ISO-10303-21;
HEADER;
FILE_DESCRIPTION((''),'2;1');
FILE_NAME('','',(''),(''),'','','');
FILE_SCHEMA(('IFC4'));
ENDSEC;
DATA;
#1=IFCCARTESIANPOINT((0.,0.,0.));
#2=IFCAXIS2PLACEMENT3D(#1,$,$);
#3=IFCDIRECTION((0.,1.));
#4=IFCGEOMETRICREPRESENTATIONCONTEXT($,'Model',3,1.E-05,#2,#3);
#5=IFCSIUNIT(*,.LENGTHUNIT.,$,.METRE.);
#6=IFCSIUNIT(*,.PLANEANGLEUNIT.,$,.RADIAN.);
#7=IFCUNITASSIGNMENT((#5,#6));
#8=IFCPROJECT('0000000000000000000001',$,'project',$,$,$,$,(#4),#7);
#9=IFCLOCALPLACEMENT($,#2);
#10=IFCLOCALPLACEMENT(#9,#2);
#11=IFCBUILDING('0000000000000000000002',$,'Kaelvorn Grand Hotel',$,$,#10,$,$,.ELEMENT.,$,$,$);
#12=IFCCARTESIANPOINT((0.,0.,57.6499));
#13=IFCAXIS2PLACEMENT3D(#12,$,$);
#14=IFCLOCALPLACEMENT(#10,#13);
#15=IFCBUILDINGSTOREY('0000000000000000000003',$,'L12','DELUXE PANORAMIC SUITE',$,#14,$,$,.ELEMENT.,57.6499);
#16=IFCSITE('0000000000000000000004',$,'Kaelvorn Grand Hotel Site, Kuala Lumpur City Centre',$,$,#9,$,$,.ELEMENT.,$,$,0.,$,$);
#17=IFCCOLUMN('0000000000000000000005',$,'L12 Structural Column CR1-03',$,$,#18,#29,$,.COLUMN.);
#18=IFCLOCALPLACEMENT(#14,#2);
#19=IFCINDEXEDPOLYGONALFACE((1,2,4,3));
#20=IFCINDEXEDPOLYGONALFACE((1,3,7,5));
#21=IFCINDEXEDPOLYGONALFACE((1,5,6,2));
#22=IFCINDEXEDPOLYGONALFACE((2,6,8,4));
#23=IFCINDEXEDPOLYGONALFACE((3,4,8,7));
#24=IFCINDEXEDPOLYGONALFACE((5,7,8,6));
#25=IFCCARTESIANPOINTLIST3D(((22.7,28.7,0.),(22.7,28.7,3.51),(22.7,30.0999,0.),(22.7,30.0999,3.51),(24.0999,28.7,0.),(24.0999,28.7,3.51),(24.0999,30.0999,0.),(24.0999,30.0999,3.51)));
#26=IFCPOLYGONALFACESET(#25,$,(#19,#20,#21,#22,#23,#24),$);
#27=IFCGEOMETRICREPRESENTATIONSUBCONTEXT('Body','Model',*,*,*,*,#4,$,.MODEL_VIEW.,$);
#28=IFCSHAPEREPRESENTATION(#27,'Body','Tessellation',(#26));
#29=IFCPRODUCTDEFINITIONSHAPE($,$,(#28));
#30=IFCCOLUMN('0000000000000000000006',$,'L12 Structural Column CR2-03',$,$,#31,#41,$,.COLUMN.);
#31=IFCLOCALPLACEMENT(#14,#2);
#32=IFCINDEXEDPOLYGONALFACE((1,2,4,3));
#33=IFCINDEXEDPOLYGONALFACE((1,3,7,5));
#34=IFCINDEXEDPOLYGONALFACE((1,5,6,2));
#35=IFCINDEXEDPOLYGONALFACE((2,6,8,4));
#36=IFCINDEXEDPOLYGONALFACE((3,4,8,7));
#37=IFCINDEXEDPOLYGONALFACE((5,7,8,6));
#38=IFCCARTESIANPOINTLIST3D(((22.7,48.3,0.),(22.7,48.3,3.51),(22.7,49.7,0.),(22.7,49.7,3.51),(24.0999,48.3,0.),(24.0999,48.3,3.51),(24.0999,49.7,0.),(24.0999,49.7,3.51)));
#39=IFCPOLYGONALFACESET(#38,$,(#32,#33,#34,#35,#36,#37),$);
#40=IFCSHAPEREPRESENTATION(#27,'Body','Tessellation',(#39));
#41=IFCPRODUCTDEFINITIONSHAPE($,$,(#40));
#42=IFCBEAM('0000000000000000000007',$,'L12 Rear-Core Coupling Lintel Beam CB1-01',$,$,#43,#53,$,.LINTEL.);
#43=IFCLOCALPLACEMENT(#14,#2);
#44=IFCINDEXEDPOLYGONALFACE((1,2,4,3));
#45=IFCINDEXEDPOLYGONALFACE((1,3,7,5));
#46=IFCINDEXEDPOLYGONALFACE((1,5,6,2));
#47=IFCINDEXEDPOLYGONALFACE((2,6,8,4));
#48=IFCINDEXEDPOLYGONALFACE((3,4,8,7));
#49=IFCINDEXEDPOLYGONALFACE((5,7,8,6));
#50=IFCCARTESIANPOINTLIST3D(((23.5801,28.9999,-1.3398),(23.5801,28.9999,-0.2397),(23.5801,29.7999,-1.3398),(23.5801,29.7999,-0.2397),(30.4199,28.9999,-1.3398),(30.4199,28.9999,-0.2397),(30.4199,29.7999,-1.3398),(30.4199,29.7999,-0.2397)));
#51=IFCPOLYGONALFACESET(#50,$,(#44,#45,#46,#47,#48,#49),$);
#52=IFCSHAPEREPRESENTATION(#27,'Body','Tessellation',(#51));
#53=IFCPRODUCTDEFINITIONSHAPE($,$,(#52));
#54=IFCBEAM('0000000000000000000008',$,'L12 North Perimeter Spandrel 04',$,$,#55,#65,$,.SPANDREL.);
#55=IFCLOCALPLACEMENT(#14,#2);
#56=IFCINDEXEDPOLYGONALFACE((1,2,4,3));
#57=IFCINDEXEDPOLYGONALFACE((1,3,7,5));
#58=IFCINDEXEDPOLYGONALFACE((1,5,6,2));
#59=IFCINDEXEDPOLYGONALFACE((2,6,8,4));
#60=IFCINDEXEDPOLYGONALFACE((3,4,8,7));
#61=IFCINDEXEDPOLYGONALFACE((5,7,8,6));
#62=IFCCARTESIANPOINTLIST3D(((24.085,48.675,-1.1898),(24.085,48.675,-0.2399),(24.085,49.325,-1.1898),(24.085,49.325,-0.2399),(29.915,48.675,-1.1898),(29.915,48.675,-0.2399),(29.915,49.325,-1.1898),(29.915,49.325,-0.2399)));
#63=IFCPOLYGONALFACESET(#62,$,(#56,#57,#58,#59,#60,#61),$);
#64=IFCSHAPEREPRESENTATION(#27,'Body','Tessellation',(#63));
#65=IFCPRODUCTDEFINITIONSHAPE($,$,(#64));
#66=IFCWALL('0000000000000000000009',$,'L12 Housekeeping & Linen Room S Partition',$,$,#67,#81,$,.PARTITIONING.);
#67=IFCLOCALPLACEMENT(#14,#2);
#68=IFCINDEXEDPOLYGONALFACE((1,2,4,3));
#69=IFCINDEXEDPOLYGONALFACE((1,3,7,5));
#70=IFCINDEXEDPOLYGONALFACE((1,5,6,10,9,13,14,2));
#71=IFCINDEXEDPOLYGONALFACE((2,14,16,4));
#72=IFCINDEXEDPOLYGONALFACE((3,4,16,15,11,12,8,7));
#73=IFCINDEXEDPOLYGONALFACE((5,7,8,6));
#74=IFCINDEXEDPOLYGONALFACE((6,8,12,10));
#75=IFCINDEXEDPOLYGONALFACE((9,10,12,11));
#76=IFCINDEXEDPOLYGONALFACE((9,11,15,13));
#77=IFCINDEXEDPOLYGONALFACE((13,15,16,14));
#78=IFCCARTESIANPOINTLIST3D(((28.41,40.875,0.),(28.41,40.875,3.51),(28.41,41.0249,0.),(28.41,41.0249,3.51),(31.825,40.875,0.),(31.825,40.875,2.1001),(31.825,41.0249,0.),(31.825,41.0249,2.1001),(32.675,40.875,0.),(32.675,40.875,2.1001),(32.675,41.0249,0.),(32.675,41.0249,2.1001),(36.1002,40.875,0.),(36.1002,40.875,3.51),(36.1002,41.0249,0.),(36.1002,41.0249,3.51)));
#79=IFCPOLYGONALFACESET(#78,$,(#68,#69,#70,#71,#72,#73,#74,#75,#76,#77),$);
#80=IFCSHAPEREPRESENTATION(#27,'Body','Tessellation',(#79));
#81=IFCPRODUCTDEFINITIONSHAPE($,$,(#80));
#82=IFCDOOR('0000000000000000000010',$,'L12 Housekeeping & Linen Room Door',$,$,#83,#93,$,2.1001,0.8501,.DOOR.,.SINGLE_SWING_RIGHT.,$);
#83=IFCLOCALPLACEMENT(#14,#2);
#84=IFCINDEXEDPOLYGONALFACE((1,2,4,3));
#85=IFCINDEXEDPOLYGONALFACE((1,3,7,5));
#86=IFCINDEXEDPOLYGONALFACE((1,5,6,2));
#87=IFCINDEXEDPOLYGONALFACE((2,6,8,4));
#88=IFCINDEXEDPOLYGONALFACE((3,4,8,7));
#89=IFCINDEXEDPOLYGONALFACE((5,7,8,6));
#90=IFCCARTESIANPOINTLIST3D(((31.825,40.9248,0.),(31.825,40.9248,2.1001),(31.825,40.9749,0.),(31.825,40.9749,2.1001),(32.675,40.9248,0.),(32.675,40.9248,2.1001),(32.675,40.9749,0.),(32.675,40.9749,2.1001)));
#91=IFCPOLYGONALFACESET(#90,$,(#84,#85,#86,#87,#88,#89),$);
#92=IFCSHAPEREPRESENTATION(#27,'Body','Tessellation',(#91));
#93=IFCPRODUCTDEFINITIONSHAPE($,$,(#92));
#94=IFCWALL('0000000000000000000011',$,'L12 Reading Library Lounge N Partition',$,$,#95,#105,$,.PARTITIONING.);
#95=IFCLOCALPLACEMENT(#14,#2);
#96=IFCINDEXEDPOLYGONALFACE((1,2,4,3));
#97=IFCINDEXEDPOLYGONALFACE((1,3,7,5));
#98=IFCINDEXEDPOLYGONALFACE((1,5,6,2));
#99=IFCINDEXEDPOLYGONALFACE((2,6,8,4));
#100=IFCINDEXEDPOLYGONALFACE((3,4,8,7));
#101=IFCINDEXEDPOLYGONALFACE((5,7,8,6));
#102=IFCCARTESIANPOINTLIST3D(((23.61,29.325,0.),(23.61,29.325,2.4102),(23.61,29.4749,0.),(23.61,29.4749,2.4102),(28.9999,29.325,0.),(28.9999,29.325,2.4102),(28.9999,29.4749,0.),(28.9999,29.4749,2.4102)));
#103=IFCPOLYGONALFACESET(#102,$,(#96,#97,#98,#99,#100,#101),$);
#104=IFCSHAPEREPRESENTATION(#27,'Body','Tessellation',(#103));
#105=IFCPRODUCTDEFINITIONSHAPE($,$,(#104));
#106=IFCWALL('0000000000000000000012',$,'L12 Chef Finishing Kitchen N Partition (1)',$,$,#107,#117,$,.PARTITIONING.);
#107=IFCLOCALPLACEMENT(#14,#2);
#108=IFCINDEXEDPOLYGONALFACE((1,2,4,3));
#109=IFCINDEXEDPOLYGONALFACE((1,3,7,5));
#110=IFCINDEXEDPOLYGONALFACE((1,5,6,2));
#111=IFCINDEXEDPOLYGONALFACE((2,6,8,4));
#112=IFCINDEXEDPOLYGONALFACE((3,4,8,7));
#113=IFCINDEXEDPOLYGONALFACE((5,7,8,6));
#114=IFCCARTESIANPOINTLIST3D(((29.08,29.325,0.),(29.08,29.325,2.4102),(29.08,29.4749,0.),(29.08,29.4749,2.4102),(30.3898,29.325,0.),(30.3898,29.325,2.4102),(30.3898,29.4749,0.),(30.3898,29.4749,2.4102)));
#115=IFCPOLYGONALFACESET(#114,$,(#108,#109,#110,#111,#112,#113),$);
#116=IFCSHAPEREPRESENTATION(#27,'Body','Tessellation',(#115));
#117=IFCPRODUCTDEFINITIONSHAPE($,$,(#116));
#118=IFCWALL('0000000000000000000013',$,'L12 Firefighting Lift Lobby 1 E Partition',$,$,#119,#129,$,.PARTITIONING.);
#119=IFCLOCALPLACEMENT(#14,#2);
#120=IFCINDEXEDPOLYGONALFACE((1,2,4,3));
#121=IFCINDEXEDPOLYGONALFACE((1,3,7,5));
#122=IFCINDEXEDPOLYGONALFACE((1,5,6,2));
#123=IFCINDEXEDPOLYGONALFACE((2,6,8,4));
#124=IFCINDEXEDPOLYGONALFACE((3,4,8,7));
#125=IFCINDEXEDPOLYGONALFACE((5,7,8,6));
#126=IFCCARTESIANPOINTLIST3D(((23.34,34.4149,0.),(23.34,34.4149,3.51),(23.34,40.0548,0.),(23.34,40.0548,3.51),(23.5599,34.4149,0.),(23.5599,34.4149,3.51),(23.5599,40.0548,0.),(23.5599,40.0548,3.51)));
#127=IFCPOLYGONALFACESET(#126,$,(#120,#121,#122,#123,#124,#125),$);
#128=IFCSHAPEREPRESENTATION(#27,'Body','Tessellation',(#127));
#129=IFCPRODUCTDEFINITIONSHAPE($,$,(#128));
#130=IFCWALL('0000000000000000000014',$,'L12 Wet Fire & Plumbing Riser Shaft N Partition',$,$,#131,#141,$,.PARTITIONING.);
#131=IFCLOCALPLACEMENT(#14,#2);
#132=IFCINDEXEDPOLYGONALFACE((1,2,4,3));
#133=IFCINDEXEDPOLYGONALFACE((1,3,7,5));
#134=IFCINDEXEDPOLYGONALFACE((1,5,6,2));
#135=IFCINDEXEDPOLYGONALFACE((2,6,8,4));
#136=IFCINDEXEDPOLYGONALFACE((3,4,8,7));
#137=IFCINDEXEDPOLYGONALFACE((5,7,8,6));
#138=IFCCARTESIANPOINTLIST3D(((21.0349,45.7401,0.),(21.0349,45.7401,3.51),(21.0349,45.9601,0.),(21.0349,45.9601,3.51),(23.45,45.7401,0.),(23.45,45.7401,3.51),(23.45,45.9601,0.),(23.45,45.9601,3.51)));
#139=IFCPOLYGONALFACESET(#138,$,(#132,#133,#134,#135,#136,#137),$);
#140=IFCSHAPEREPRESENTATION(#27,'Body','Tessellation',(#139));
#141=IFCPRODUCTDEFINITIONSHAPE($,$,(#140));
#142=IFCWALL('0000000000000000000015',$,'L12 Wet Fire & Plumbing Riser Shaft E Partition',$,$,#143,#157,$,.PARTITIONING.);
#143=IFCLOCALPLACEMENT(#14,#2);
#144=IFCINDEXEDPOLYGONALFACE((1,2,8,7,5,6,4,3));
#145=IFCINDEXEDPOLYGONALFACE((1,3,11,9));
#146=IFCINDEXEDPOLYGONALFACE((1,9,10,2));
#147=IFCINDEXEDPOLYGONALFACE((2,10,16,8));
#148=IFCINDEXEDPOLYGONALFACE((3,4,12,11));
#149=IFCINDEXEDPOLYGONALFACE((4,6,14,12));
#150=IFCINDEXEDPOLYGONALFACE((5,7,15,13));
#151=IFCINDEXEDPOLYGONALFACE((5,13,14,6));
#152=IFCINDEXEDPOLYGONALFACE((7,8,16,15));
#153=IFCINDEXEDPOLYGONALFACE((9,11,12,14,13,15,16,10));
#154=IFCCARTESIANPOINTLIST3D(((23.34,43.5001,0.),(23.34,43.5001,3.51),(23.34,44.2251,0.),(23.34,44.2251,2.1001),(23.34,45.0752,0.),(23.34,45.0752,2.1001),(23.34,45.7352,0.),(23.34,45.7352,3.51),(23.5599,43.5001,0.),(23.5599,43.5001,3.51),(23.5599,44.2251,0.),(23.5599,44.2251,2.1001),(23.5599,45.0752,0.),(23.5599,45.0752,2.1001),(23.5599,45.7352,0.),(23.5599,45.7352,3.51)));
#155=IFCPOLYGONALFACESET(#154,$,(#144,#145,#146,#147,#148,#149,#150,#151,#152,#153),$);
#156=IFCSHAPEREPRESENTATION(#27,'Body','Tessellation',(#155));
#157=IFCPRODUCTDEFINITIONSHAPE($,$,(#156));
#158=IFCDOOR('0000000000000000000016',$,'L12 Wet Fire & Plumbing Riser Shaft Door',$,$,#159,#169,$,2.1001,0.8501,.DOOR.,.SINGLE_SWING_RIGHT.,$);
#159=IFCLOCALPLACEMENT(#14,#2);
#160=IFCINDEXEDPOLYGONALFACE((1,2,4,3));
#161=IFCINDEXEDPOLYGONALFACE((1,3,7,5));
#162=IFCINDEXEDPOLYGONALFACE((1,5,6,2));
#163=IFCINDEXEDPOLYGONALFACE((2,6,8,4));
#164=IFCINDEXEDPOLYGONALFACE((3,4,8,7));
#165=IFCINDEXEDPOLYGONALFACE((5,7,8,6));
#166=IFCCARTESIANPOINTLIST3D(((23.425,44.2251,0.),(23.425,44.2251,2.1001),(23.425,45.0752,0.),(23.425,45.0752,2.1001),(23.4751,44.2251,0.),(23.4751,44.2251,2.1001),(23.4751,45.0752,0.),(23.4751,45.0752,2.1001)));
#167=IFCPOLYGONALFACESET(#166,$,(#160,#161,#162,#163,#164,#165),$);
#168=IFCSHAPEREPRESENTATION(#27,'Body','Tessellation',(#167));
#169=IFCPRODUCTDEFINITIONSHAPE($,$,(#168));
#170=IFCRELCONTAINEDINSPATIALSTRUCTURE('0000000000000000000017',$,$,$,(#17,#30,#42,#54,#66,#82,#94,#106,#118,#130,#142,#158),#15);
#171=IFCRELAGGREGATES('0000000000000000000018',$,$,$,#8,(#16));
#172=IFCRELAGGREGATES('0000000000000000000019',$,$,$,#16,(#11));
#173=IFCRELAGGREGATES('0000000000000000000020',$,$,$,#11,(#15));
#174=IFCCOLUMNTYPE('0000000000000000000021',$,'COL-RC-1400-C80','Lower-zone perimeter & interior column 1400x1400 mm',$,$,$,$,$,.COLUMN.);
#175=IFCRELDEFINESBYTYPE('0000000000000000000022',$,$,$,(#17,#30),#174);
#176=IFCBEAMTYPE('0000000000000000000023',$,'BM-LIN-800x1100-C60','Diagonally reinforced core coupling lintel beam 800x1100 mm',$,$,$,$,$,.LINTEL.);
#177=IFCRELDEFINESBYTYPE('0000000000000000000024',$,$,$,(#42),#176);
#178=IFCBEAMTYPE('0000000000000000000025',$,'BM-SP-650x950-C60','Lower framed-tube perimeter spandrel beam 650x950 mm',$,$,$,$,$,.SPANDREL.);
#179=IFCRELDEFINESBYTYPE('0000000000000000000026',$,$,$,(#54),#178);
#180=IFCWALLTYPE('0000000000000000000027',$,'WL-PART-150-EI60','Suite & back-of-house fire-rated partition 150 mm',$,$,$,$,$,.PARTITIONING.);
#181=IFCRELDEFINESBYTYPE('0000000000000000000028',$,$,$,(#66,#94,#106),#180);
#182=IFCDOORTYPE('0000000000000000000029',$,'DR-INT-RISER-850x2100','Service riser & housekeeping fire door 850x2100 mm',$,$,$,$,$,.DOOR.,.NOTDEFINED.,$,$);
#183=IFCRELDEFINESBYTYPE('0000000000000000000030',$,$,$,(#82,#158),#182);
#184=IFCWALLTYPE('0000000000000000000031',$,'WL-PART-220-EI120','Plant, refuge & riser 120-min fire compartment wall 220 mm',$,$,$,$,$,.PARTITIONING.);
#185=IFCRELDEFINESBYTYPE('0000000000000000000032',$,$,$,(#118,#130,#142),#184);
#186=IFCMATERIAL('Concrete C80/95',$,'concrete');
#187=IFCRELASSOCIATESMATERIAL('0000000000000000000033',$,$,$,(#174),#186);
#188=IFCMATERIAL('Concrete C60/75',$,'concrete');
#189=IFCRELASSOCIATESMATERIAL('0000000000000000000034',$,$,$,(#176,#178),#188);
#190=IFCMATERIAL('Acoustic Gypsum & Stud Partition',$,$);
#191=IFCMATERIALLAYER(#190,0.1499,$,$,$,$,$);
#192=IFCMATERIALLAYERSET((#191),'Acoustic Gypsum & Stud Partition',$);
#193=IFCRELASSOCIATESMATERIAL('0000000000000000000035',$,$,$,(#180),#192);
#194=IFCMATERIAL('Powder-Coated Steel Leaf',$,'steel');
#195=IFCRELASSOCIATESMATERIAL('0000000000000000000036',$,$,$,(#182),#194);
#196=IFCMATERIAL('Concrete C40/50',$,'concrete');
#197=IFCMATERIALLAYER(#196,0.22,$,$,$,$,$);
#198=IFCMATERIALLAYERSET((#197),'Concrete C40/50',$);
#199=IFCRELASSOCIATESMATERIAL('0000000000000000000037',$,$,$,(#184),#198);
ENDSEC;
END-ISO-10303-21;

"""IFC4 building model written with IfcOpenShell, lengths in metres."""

from ifc_helpers import new_model, si_unit, direction, frame, frame_2d, origin, origin_2d, place, context, subcontext, project, spatial, rectangle, extrude, material, layer, layer_set, material_profile, profile_set, type_object, element, fill, save


model = new_model("IFC4")

# Units and contexts
model_context = context("Model", 3, precision=1e-05, world=origin(), true_north=direction((0.0, 1.0)))
body_context = subcontext(model_context, "Body", "Model", "MODEL_VIEW")
ifc_project = project(units=[si_unit("LENGTHUNIT", "METRE"), si_unit("PLANEANGLEUNIT", "RADIAN")], contexts=[model_context])

# Site, building, storey
site_placement = place(None, origin())
site = spatial("IfcSite", under=ifc_project, at=site_placement, Name="Kaelvorn Grand Hotel Site, Kuala Lumpur City Centre", CompositionType="ELEMENT", RefElevation=0.0)
building_placement = place(site_placement, origin())
building = spatial("IfcBuilding", under=site, at=building_placement, Name="Kaelvorn Grand Hotel", CompositionType="ELEMENT")
storey_placement = place(building_placement, frame((0.0, 0.0, 57.6499)))
storey = spatial("IfcBuildingStorey", under=building, at=storey_placement, Name="L12", Description="DELUXE PANORAMIC SUITE", CompositionType="ELEMENT", Elevation=57.6499)

# Columns
ifc_material_1 = material(Name="Concrete C80/95", Category="concrete")
ifc_material_profile_1 = material_profile(ifc_material_1, rectangle(XDim=1.3999, YDim=1.3999, at=origin_2d()), Name="RC COL 1400x1400")
ifc_profile_set_1 = profile_set([ifc_material_profile_1], Name="Concrete C80/95")
column_type = type_object("IfcColumnType", Name="COL-RC-1400-C80", Description="Lower-zone perimeter & interior column 1400x1400 mm", PredefinedType="COLUMN", material=ifc_profile_set_1)
for number, where, z_axis, x_axis, name in (
    (1, (23.3999, 29.3999, 0.0), (0.0, 0.0, 1.0), (1.0, 0.0, 0.0), "L12 Structural Column CR1-03"),
    (2, (23.3999, 49.0, 0.0), (0.0, 0.0, 1.0), (1.0, 0.0, 0.0), "L12 Structural Column CR2-03"),
):
    element("IfcColumn", number, at=place(storey_placement, frame(where, z_axis=z_axis, x_axis=x_axis)), inside=storey, type_object=column_type, Name=name, PredefinedType="COLUMN", context=body_context, shape_type="SweptSolid", body=[
        extrude(rectangle(XDim=1.3999, YDim=1.3999, at=origin_2d()), origin(), (0.0, 0.0, 1.0), 3.51),
    ])

# Beams
ifc_material_2 = material(Name="Concrete C60/75", Category="concrete")
ifc_material_profile_2 = material_profile(ifc_material_2, rectangle(XDim=0.8, YDim=1.1001, at=origin_2d()), Name="RC LINTEL 800x1100")
ifc_profile_set_2 = profile_set([ifc_material_profile_2], Name="Concrete C60/75")
beam_type_1 = type_object("IfcBeamType", Name="BM-LIN-800x1100-C60", Description="Diagonally reinforced core coupling lintel beam 800x1100 mm", PredefinedType="LINTEL", material=ifc_profile_set_2)
beam_1_placement = place(storey_placement, frame((23.5801, 29.3999, -0.7898), z_axis=(1.0, 0.0, 0.0), x_axis=(0.0, 1.0, 0.0)))
element("IfcBeam", 3, at=beam_1_placement, inside=storey, type_object=beam_type_1, Name="L12 Rear-Core Coupling Lintel Beam CB1-01", PredefinedType="LINTEL", context=body_context, shape_type="SweptSolid", body=[
    extrude(rectangle(XDim=0.8, YDim=1.1001, at=origin_2d()), origin(), (0.0, 0.0, 1.0), 6.8398),
])
ifc_material_profile_3 = material_profile(ifc_material_2, rectangle(XDim=0.6499, YDim=0.95, at=origin_2d()), Name="RC SPANDREL 650x950")
ifc_profile_set_3 = profile_set([ifc_material_profile_3], Name="Concrete C60/75")
beam_type_2 = type_object("IfcBeamType", Name="BM-SP-650x950-C60", Description="Lower framed-tube perimeter spandrel beam 650x950 mm", PredefinedType="SPANDREL", material=ifc_profile_set_3)
beam_2_placement = place(storey_placement, frame((24.085, 49.0, -0.7148), z_axis=(1.0, 0.0, 0.0), x_axis=(0.0, 1.0, 0.0)))
element("IfcBeam", 4, at=beam_2_placement, inside=storey, type_object=beam_type_2, Name="L12 North Perimeter Spandrel 04", PredefinedType="SPANDREL", context=body_context, shape_type="SweptSolid", body=[
    extrude(rectangle(XDim=0.6499, YDim=0.95, at=origin_2d()), origin(), (0.0, 0.0, 1.0), 5.8301),
])

# Wall, opening, door
ifc_material_3 = material(Name="Acoustic Gypsum & Stud Partition")
ifc_layer_1 = layer(ifc_material_3, 0.1499)
ifc_layer_set_1 = layer_set([ifc_layer_1], Name="Acoustic Gypsum & Stud Partition")
wall_type_1 = type_object("IfcWallType", Name="WL-PART-150-EI60", Description="Suite & back-of-house fire-rated partition 150 mm", PredefinedType="PARTITIONING", material=ifc_layer_set_1)
wall_1_placement = place(storey_placement, frame((28.4099, 40.95, 0.0), z_axis=(0.0, 0.0, 1.0), x_axis=(1.0, 0.0, 0.0)))
wall_1 = element("IfcWall", 5, at=wall_1_placement, inside=storey, type_object=wall_type_1, Name="L12 Housekeeping & Linen Room S Partition", PredefinedType="PARTITIONING", context=body_context, shape_type="SweptSolid", body=[
    extrude(rectangle(XDim=7.6902, YDim=0.1499, at=frame_2d((3.8452, 0.0))), origin(), (0.0, 0.0, 1.0), 3.51),
])
opening_1_placement = place(wall_1_placement, frame((3.415, 0.0, 0.0)))
opening_1 = element("IfcOpeningElement", 6, at=opening_1_placement, cuts=wall_1, PredefinedType="OPENING", context=body_context, shape_type="SweptSolid", body=[
    extrude(rectangle(XDim=0.8501, YDim=2.1001, at=frame_2d((0.425, 1.05))), frame((0.0, 0.085, 0.0), z_axis=(0.0, -1.0, 0.0), x_axis=(1.0, 0.0, 0.0)), (0.0, 0.0, 1.0), 0.1699),
])
ifc_material_4 = material(Name="Powder-Coated Steel Leaf", Category="steel")
door_type_1 = type_object("IfcDoorType", Name="DR-INT-RISER-850x2100", Description="Service riser & housekeeping fire door 850x2100 mm", OperationType="NOTDEFINED", PredefinedType="DOOR", material=ifc_material_4)
door_1_placement = place(opening_1_placement, origin())
door_1 = element("IfcDoor", 7, at=door_1_placement, inside=storey, type_object=door_type_1, Name="L12 Housekeeping & Linen Room Door", OperationType="SINGLE_SWING_RIGHT", OverallHeight=2.1001, OverallWidth=0.8501, PredefinedType="DOOR", context=body_context, shape_type="SweptSolid", body=[
    extrude(rectangle(XDim=0.8501, YDim=2.1001, at=frame_2d((0.425, 1.05))), frame((0.0, 0.0249, 0.0), z_axis=(0.0, -1.0, 0.0), x_axis=(1.0, 0.0, 0.0)), (0.0, 0.0, 1.0), 0.05),
])
fill(opening_1, door_1)

# Walls
wall_2_placement = place(storey_placement, frame((23.6101, 29.3999, 0.0), z_axis=(0.0, 0.0, 1.0), x_axis=(1.0, 0.0, 0.0)))
element("IfcWall", 8, at=wall_2_placement, inside=storey, type_object=wall_type_1, Name="L12 Reading Library Lounge N Partition", PredefinedType="PARTITIONING", context=body_context, shape_type="SweptSolid", body=[
    extrude(rectangle(XDim=5.3899, YDim=0.1499, at=frame_2d((2.6948, 0.0))), origin(), (0.0, 0.0, 1.0), 2.4102),
])
wall_3_placement = place(storey_placement, frame((29.0801, 29.3999, 0.0), z_axis=(0.0, 0.0, 1.0), x_axis=(1.0, 0.0, 0.0)))
element("IfcWall", 9, at=wall_3_placement, inside=storey, type_object=wall_type_1, Name="L12 Chef Finishing Kitchen N Partition (1)", PredefinedType="PARTITIONING", context=body_context, shape_type="SweptSolid", body=[
    extrude(rectangle(XDim=1.3098, YDim=0.1499, at=frame_2d((0.6548, 0.0))), origin(), (0.0, 0.0, 1.0), 2.4102),
])
ifc_material_5 = material(Name="Concrete C40/50", Category="concrete")
ifc_layer_2 = layer(ifc_material_5, 0.22)
ifc_layer_set_2 = layer_set([ifc_layer_2], Name="Concrete C40/50")
wall_type_2 = type_object("IfcWallType", Name="WL-PART-220-EI120", Description="Plant, refuge & riser 120-min fire compartment wall 220 mm", PredefinedType="PARTITIONING", material=ifc_layer_set_2)
wall_4_placement = place(storey_placement, frame((23.45, 34.415, 0.0), z_axis=(0.0, 0.0, 1.0), x_axis=(0.0, 1.0, 0.0)))
element("IfcWall", 10, at=wall_4_placement, inside=storey, type_object=wall_type_2, Name="L12 Firefighting Lift Lobby 1 E Partition", PredefinedType="PARTITIONING", context=body_context, shape_type="SweptSolid", body=[
    extrude(rectangle(XDim=5.6399, YDim=0.22, at=frame_2d((2.8198, 0.0))), origin(), (0.0, 0.0, 1.0), 3.51),
])
wall_5_placement = place(storey_placement, frame((21.0349, 45.8501, 0.0), z_axis=(0.0, 0.0, 1.0), x_axis=(1.0, 0.0, 0.0)))
element("IfcWall", 11, at=wall_5_placement, inside=storey, type_object=wall_type_2, Name="L12 Wet Fire & Plumbing Riser Shaft N Partition", PredefinedType="PARTITIONING", context=body_context, shape_type="SweptSolid", body=[
    extrude(rectangle(XDim=2.415, YDim=0.22, at=frame_2d((1.2075, 0.0))), origin(), (0.0, 0.0, 1.0), 3.51),
])

# Wall, opening, door
wall_6_placement = place(storey_placement, frame((23.45, 43.5, 0.0), z_axis=(0.0, 0.0, 1.0), x_axis=(0.0, 1.0, 0.0)))
wall_6 = element("IfcWall", 12, at=wall_6_placement, inside=storey, type_object=wall_type_2, Name="L12 Wet Fire & Plumbing Riser Shaft E Partition", PredefinedType="PARTITIONING", context=body_context, shape_type="SweptSolid", body=[
    extrude(rectangle(XDim=2.2351, YDim=0.22, at=frame_2d((1.1177, 0.0))), origin(), (0.0, 0.0, 1.0), 3.51),
])
opening_2_placement = place(wall_6_placement, frame((0.7251, 0.0, 0.0)))
opening_2 = element("IfcOpeningElement", 13, at=opening_2_placement, cuts=wall_6, PredefinedType="OPENING", context=body_context, shape_type="SweptSolid", body=[
    extrude(rectangle(XDim=0.8501, YDim=2.1001, at=frame_2d((0.425, 1.05))), frame((0.0, 0.1201, 0.0), z_axis=(0.0, -1.0, 0.0), x_axis=(1.0, 0.0, 0.0)), (0.0, 0.0, 1.0), 0.24),
])
door_2_placement = place(opening_2_placement, origin())
door_2 = element("IfcDoor", 14, at=door_2_placement, inside=storey, type_object=door_type_1, Name="L12 Wet Fire & Plumbing Riser Shaft Door", OperationType="SINGLE_SWING_RIGHT", OverallHeight=2.1001, OverallWidth=0.8501, PredefinedType="DOOR", context=body_context, shape_type="SweptSolid", body=[
    extrude(rectangle(XDim=0.8501, YDim=2.1001, at=frame_2d((0.425, 1.05))), frame((0.0, 0.0249, 0.0), z_axis=(0.0, -1.0, 0.0), x_axis=(1.0, 0.0, 0.0)), (0.0, 0.0, 1.0), 0.05),
])
fill(opening_2, door_2)

save(model, "model.ifc")
